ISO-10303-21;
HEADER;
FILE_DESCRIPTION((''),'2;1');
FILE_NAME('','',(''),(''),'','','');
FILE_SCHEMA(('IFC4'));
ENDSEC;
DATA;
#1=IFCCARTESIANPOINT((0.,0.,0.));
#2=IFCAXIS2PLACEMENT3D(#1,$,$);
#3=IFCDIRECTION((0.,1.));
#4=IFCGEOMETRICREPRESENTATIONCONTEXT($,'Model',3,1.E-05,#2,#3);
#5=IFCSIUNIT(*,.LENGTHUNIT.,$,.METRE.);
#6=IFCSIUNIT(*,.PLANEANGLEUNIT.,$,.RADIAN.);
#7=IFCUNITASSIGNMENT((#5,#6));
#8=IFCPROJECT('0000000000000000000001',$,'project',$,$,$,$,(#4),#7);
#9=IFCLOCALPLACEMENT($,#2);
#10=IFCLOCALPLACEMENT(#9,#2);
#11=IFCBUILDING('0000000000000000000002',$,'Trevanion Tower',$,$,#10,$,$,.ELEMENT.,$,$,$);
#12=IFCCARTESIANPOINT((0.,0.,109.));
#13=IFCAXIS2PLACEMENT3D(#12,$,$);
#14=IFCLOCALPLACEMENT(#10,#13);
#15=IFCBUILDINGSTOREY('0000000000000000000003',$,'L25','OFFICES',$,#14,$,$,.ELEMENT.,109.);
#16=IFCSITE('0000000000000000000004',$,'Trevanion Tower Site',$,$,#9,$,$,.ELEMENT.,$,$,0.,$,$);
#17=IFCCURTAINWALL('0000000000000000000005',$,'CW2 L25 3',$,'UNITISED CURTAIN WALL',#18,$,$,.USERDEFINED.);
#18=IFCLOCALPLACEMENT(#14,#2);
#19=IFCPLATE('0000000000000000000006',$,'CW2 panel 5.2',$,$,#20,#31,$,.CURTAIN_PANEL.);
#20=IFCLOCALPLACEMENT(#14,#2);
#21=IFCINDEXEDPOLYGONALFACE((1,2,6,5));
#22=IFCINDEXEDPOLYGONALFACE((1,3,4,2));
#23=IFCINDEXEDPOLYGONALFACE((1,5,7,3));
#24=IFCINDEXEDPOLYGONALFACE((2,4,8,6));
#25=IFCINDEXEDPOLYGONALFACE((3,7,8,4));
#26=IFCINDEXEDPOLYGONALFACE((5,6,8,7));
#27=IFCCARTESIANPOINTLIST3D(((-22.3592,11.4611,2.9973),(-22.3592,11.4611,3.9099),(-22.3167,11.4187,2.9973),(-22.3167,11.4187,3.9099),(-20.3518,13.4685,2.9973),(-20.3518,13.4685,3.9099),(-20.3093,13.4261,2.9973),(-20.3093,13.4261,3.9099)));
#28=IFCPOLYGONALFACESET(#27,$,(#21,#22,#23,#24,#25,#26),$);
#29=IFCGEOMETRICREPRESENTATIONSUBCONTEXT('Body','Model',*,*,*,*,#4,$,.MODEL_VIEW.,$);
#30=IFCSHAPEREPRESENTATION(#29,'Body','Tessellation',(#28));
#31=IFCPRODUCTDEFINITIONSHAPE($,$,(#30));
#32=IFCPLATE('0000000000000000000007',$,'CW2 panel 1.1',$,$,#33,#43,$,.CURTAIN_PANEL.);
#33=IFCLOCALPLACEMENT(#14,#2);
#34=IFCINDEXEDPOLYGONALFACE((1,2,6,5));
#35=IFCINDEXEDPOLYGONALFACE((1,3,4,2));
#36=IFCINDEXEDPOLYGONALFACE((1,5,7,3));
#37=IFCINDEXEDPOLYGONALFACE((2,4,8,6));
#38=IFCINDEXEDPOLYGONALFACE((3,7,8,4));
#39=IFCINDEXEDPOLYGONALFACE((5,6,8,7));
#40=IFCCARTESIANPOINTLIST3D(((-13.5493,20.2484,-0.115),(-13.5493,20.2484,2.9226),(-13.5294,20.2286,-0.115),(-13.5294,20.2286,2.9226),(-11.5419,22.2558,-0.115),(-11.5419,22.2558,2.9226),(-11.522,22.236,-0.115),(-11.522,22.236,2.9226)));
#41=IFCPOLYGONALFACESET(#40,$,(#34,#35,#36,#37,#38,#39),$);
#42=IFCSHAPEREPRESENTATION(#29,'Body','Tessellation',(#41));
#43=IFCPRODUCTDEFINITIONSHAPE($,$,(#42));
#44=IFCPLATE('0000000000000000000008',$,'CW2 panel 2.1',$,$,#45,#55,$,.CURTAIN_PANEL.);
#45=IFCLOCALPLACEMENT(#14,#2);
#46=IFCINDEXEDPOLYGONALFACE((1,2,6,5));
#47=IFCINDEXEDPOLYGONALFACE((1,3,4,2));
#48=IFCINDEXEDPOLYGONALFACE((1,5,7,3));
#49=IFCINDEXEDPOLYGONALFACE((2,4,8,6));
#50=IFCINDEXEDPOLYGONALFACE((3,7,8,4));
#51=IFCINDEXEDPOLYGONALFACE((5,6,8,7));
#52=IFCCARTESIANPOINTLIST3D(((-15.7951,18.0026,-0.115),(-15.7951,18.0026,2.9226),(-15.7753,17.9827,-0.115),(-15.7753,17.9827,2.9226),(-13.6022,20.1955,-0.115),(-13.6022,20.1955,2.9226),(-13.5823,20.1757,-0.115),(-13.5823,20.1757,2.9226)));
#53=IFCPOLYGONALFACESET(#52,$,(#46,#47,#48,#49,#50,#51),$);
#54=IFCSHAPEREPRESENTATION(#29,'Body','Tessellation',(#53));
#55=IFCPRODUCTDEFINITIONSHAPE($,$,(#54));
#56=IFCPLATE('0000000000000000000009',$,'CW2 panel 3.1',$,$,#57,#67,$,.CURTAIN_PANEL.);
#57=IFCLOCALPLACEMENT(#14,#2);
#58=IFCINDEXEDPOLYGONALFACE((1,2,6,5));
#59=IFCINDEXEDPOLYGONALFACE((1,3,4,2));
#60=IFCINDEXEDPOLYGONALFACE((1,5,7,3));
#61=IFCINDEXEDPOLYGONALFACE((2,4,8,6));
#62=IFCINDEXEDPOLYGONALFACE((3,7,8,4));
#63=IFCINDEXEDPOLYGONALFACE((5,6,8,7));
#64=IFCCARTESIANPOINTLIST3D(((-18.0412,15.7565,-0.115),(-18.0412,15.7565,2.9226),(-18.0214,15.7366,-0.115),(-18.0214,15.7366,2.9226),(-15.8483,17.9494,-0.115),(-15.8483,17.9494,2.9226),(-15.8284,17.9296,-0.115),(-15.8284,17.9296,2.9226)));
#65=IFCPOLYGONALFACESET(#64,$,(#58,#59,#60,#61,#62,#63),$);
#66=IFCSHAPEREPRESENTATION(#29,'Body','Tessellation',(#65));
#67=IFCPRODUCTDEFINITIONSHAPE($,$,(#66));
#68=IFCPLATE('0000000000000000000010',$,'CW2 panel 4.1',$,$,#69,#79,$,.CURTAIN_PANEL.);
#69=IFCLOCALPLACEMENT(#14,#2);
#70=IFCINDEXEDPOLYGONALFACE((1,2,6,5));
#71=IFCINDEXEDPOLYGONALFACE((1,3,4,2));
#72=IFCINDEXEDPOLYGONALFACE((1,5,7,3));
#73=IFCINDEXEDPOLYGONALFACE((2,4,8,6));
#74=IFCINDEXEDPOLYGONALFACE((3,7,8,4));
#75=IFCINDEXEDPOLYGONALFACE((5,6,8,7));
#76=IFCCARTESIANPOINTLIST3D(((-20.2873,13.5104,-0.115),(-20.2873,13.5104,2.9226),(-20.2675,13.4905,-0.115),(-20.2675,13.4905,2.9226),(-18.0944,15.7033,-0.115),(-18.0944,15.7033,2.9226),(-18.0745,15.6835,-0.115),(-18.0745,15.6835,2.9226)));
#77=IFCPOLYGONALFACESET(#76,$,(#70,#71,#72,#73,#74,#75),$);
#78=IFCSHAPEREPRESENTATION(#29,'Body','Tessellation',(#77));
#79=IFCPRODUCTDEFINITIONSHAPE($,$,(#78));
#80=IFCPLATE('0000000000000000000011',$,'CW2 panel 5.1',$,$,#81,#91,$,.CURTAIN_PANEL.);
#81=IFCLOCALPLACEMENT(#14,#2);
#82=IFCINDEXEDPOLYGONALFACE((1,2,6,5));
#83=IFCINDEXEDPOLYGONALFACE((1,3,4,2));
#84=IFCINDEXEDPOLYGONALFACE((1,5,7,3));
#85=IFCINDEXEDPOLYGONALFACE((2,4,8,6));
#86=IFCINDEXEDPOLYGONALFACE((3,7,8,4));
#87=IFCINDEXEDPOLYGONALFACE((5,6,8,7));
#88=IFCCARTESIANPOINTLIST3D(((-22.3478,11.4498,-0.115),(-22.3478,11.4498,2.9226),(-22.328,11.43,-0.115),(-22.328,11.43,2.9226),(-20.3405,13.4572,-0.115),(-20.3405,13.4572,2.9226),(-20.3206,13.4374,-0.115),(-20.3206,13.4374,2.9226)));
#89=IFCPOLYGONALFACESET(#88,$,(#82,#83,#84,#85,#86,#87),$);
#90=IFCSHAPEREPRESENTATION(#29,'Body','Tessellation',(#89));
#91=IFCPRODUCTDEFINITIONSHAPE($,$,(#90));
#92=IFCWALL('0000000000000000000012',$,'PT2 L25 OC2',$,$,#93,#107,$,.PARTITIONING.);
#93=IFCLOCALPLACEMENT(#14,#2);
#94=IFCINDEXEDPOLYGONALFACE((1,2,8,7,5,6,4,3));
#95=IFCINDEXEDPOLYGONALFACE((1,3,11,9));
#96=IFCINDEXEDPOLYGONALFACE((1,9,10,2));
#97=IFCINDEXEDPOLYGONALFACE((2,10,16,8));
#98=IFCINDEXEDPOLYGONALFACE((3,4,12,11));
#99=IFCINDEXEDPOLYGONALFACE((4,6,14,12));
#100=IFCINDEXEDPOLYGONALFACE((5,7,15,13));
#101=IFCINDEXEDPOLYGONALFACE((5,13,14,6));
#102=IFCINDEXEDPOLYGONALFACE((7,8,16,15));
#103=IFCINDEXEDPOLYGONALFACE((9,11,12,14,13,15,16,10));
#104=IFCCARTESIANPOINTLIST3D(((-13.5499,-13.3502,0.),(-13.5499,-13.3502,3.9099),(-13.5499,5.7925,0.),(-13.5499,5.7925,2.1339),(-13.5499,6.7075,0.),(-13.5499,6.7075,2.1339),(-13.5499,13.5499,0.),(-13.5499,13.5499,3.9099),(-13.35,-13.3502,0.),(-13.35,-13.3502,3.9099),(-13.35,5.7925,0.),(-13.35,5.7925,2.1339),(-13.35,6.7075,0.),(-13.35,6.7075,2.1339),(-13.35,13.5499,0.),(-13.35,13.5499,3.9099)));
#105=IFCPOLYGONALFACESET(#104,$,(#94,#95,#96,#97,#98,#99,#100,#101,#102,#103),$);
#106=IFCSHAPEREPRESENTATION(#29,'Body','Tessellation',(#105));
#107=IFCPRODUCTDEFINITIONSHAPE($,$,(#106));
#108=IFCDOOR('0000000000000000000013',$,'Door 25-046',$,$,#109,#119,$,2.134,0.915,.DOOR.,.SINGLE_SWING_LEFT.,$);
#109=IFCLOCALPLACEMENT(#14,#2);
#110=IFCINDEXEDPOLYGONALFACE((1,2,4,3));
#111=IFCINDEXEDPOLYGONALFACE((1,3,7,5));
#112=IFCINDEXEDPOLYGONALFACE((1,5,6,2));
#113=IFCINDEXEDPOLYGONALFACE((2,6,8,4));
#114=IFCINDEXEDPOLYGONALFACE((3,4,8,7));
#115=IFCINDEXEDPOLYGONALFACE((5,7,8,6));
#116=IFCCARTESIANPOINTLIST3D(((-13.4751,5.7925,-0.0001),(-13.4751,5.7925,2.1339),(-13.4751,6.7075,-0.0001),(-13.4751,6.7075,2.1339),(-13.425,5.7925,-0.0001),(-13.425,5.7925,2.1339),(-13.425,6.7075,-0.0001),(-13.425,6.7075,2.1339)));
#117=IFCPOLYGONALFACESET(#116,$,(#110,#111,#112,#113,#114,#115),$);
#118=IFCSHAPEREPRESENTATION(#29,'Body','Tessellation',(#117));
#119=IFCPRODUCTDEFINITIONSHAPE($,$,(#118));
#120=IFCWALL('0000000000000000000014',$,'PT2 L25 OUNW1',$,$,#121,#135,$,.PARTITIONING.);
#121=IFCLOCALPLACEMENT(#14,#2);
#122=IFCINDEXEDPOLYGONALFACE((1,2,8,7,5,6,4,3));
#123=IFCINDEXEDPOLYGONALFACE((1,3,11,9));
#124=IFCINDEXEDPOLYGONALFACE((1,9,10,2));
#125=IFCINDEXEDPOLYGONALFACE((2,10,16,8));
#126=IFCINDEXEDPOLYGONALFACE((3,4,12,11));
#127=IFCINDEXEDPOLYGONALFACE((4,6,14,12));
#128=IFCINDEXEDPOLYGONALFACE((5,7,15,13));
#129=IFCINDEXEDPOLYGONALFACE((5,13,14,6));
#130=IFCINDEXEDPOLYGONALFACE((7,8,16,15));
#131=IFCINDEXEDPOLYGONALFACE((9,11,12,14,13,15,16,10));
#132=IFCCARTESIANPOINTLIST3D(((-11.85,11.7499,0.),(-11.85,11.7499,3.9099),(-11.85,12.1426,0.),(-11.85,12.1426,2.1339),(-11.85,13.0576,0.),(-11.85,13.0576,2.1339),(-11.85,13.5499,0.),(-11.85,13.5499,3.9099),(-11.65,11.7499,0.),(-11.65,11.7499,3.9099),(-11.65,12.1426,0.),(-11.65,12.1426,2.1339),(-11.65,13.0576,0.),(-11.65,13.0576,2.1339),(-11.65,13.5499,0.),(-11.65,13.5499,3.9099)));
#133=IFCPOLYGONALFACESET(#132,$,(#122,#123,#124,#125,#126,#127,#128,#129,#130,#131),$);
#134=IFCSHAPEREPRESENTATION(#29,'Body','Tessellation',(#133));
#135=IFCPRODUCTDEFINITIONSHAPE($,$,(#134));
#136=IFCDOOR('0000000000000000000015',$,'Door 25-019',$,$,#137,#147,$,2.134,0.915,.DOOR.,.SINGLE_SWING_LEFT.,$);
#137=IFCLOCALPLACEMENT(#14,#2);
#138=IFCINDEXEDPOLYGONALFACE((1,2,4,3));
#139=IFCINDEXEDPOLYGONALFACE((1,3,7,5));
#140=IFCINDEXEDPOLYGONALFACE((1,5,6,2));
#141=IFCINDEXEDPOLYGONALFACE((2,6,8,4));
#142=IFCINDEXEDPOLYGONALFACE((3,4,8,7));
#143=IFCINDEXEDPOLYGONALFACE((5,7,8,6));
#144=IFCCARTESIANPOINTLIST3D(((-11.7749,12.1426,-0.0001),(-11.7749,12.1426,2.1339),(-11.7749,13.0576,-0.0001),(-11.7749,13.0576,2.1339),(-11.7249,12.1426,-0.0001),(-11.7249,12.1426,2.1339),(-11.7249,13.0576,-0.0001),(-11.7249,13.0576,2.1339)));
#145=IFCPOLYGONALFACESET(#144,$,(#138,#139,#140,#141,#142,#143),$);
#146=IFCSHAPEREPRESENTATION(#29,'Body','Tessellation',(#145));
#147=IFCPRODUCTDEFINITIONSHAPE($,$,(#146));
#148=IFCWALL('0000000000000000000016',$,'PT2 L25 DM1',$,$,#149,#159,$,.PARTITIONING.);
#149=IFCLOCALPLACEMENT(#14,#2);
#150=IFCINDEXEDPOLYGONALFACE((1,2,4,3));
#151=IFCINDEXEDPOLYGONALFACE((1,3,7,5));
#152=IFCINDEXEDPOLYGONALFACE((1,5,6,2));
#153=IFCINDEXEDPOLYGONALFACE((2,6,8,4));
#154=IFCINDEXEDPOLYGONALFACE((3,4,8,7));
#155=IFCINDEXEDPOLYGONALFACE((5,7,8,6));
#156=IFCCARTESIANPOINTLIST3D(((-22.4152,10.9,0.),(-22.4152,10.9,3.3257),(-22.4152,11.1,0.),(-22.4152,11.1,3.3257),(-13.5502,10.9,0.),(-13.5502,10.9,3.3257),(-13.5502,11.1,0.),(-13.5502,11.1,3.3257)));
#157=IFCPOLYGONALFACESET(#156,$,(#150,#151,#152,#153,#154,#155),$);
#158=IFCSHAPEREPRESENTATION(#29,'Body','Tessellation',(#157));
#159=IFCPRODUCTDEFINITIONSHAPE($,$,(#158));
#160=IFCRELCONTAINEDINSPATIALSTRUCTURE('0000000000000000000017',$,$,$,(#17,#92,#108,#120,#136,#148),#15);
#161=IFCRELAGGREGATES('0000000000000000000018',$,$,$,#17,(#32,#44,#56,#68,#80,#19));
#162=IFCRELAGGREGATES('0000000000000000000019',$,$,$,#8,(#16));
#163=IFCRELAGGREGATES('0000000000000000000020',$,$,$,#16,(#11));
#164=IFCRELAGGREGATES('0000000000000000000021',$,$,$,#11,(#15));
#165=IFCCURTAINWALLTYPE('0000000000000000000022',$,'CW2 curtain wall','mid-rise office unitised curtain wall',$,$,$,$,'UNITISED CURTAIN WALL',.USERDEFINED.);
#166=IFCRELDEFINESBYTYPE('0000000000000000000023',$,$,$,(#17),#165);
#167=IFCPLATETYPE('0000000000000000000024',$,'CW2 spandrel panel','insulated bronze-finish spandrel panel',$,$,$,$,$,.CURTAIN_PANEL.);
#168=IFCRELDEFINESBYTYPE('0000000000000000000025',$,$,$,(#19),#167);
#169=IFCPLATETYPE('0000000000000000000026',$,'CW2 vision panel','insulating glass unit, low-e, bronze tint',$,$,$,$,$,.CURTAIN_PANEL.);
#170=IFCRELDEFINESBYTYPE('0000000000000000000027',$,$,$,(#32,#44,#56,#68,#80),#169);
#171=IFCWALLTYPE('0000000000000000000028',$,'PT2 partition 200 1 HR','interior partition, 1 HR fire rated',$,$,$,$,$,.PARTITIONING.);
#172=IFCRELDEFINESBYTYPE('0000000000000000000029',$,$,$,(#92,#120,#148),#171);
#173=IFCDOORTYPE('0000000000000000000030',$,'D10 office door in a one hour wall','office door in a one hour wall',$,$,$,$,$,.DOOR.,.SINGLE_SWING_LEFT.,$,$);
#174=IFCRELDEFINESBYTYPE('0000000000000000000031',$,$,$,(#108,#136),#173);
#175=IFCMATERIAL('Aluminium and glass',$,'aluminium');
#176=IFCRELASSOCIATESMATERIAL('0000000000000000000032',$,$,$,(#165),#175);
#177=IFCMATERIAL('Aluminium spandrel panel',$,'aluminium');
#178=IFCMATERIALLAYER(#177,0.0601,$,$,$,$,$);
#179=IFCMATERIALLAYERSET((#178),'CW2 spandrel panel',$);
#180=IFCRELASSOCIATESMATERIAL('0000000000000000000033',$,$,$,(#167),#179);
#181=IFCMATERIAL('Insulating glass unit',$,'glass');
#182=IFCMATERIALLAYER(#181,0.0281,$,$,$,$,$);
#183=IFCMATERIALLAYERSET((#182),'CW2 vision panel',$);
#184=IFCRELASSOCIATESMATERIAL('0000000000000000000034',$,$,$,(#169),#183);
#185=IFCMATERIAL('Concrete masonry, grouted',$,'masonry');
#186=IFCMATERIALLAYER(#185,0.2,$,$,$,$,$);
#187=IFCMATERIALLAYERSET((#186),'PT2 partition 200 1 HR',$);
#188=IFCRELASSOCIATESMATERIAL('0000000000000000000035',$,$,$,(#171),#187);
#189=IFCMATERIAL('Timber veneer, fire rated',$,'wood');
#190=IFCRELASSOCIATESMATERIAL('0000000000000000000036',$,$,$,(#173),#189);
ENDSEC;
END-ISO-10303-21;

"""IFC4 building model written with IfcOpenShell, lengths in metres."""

from ifc_helpers import new_model, si_unit, direction, frame, frame_2d, origin, origin_2d, place, context, subcontext, project, spatial, rectangle, extrude, material, layer, layer_set, type_object, element, fill, aggregate, save


model = new_model("IFC4")

# Units and contexts
model_context = context("Model", 3, precision=1e-05, world=origin(), true_north=direction((0.0, 1.0)))
body_context = subcontext(model_context, "Body", "Model", "MODEL_VIEW")
ifc_project = project(units=[si_unit("LENGTHUNIT", "METRE"), si_unit("PLANEANGLEUNIT", "RADIAN")], contexts=[model_context])

# Site, building, storey
site_placement = place(None, origin())
site = spatial("IfcSite", under=ifc_project, at=site_placement, Name="Trevanion Tower Site", CompositionType="ELEMENT", RefElevation=0.0)
building_placement = place(site_placement, origin())
building = spatial("IfcBuilding", under=site, at=building_placement, Name="Trevanion Tower", CompositionType="ELEMENT")
storey_placement = place(building_placement, frame((0.0, 0.0, 109.0)))
storey = spatial("IfcBuildingStorey", under=building, at=storey_placement, Name="L25", Description="OFFICES", CompositionType="ELEMENT", Elevation=109.0)

# Curtain wall
ifc_material_1 = material(Name="Aluminium and glass", Category="aluminium")
curtain_wall_type = type_object("IfcCurtainWallType", Name="CW2 curtain wall", Description="mid-rise office unitised curtain wall", ElementType="UNITISED CURTAIN WALL", PredefinedType="USERDEFINED", material=ifc_material_1)
curtain_wall_placement = place(storey_placement, origin())
curtain_wall = element("IfcCurtainWall", 1, at=curtain_wall_placement, inside=storey, type_object=curtain_wall_type, Name="CW2 L25 3", ObjectType="UNITISED CURTAIN WALL", PredefinedType="USERDEFINED")

# Plates
ifc_material_2 = material(Name="Aluminium spandrel panel", Category="aluminium")
ifc_layer_1 = layer(ifc_material_2, 0.0601)
ifc_layer_set_1 = layer_set([ifc_layer_1], Name="CW2 spandrel panel")
plate_type_1 = type_object("IfcPlateType", Name="CW2 spandrel panel", Description="insulated bronze-finish spandrel panel", PredefinedType="CURTAIN_PANEL", material=ifc_layer_set_1)
plate_1_placement = place(storey_placement, frame((-21.3342, 12.4436, 2.9973), z_axis=(0.0, 0.0, 1.0), x_axis=(-0.707107, -0.707107, 0.0)))
plate_1 = element("IfcPlate", 2, at=plate_1_placement, type_object=plate_type_1, Name="CW2 panel 5.2", PredefinedType="CURTAIN_PANEL", context=body_context, shape_type="SweptSolid", body=[
    extrude(rectangle(XDim=2.8389, YDim=0.0601, at=origin_2d()), origin(), (0.0, 0.0, 1.0), 0.9126),
])
ifc_material_3 = material(Name="Insulating glass unit", Category="glass")
ifc_layer_2 = layer(ifc_material_3, 0.0281)
ifc_layer_set_2 = layer_set([ifc_layer_2], Name="CW2 vision panel")
plate_type_2 = type_object("IfcPlateType", Name="CW2 vision panel", Description="insulating glass unit, low-e, bronze tint", PredefinedType="CURTAIN_PANEL", material=ifc_layer_set_2)
plate_2_placement = place(storey_placement, frame((-12.5356, 21.2422, -0.115), z_axis=(0.0, 0.0, 1.0), x_axis=(-0.707107, -0.707107, 0.0)))
plate_2 = element("IfcPlate", 3, at=plate_2_placement, type_object=plate_type_2, Name="CW2 panel 1.1", PredefinedType="CURTAIN_PANEL", context=body_context, shape_type="SweptSolid", body=[
    extrude(rectangle(XDim=2.8389, YDim=0.0281, at=origin_2d()), origin(), (0.0, 0.0, 1.0), 3.0376),
])
plate_3_placement = place(storey_placement, frame((-14.6887, 19.0891, -0.115), z_axis=(0.0, 0.0, 1.0), x_axis=(-0.707107, -0.707107, 0.0)))
plate_3 = element("IfcPlate", 4, at=plate_3_placement, type_object=plate_type_2, Name="CW2 panel 2.1", PredefinedType="CURTAIN_PANEL", context=body_context, shape_type="SweptSolid", body=[
    extrude(rectangle(XDim=3.1013, YDim=0.0281, at=origin_2d()), origin(), (0.0, 0.0, 1.0), 3.0376),
])
plate_4_placement = place(storey_placement, frame((-16.9348, 16.843, -0.115), z_axis=(0.0, 0.0, 1.0), x_axis=(-0.707107, -0.707107, 0.0)))
plate_4 = element("IfcPlate", 5, at=plate_4_placement, type_object=plate_type_2, Name="CW2 panel 3.1", PredefinedType="CURTAIN_PANEL", context=body_context, shape_type="SweptSolid", body=[
    extrude(rectangle(XDim=3.1013, YDim=0.0281, at=origin_2d()), origin(), (0.0, 0.0, 1.0), 3.0376),
])
plate_5_placement = place(storey_placement, frame((-19.1809, 14.5969, -0.115), z_axis=(0.0, 0.0, 1.0), x_axis=(-0.707107, -0.707107, 0.0)))
plate_5 = element("IfcPlate", 6, at=plate_5_placement, type_object=plate_type_2, Name="CW2 panel 4.1", PredefinedType="CURTAIN_PANEL", context=body_context, shape_type="SweptSolid", body=[
    extrude(rectangle(XDim=3.1013, YDim=0.0281, at=origin_2d()), origin(), (0.0, 0.0, 1.0), 3.0376),
])
plate_6_placement = place(storey_placement, frame((-21.3342, 12.4436, -0.115), z_axis=(0.0, 0.0, 1.0), x_axis=(-0.707107, -0.707107, 0.0)))
plate_6 = element("IfcPlate", 7, at=plate_6_placement, type_object=plate_type_2, Name="CW2 panel 5.1", PredefinedType="CURTAIN_PANEL", context=body_context, shape_type="SweptSolid", body=[
    extrude(rectangle(XDim=2.8389, YDim=0.0281, at=origin_2d()), origin(), (0.0, 0.0, 1.0), 3.0376),
])
aggregate(curtain_wall, [plate_2, plate_3, plate_4, plate_5, plate_6, plate_1])

# Walls, openings, doors
ifc_material_4 = material(Name="Concrete masonry, grouted", Category="masonry")
ifc_layer_3 = layer(ifc_material_4, 0.2)
ifc_layer_set_3 = layer_set([ifc_layer_3], Name="PT2 partition 200 1 HR")
wall_type = type_object("IfcWallType", Name="PT2 partition 200 1 HR", Description="interior partition, 1 HR fire rated", PredefinedType="PARTITIONING", material=ifc_layer_set_3)
wall_1_placement = place(storey_placement, frame((-13.45, 13.55, 0.0), z_axis=(0.0, 0.0, 1.0), x_axis=(0.0, -1.0, 0.0)))
wall_1 = element("IfcWall", 8, at=wall_1_placement, inside=storey, type_object=wall_type, Name="PT2 L25 OC2", PredefinedType="PARTITIONING", context=body_context, shape_type="SweptSolid", body=[
    extrude(rectangle(XDim=26.9001, YDim=0.2, at=frame_2d((13.4502, 0.0))), origin(), (0.0, 0.0, 1.0), 3.9099),
])
opening_1_placement = place(wall_1_placement, frame((6.8425, 0.0, 0.0)))
opening_1 = element("IfcOpeningElement", 9, at=opening_1_placement, cuts=wall_1, PredefinedType="OPENING", context=body_context, shape_type="SweptSolid", body=[
    extrude(rectangle(XDim=0.915, YDim=2.134, at=frame_2d((0.4575, 1.0669))), frame((0.0, 0.1099, 0.0), z_axis=(0.0, -1.0, 0.0), x_axis=(1.0, 0.0, 0.0)), (0.0, 0.0, 1.0), 0.22),
])
ifc_material_5 = material(Name="Timber veneer, fire rated", Category="wood")
door_type = type_object("IfcDoorType", Name="D10 office door in a one hour wall", Description="office door in a one hour wall", OperationType="SINGLE_SWING_LEFT", PredefinedType="DOOR", material=ifc_material_5)
door_1_placement = place(opening_1_placement, origin())
door_1 = element("IfcDoor", 10, at=door_1_placement, inside=storey, type_object=door_type, Name="Door 25-046", OperationType="SINGLE_SWING_LEFT", OverallHeight=2.134, OverallWidth=0.915, PredefinedType="DOOR", context=body_context, shape_type="SweptSolid", body=[
    extrude(rectangle(XDim=0.915, YDim=2.134, at=frame_2d((0.4575, 1.0669))), frame((0.0, 0.0249, 0.0), z_axis=(0.0, -1.0, 0.0), x_axis=(1.0, 0.0, 0.0)), (0.0, 0.0, 1.0), 0.05),
])
fill(opening_1, door_1)
wall_2_placement = place(storey_placement, frame((-11.75, 11.75, 0.0), z_axis=(0.0, 0.0, 1.0), x_axis=(0.0, 1.0, 0.0)))
wall_2 = element("IfcWall", 11, at=wall_2_placement, inside=storey, type_object=wall_type, Name="PT2 L25 OUNW1", PredefinedType="PARTITIONING", context=body_context, shape_type="SweptSolid", body=[
    extrude(rectangle(XDim=1.8, YDim=0.2, at=frame_2d((0.8999, 0.0))), origin(), (0.0, 0.0, 1.0), 3.9099),
])
opening_2_placement = place(wall_2_placement, frame((0.3926, 0.0, 0.0)))
opening_2 = element("IfcOpeningElement", 12, at=opening_2_placement, cuts=wall_2, PredefinedType="OPENING", context=body_context, shape_type="SweptSolid", body=[
    extrude(rectangle(XDim=0.915, YDim=2.134, at=frame_2d((0.4575, 1.0669))), frame((0.0, 0.1099, 0.0), z_axis=(0.0, -1.0, 0.0), x_axis=(1.0, 0.0, 0.0)), (0.0, 0.0, 1.0), 0.22),
])
door_2_placement = place(opening_2_placement, origin())
door_2 = element("IfcDoor", 13, at=door_2_placement, inside=storey, type_object=door_type, Name="Door 25-019", OperationType="SINGLE_SWING_LEFT", OverallHeight=2.134, OverallWidth=0.915, PredefinedType="DOOR", context=body_context, shape_type="SweptSolid", body=[
    extrude(rectangle(XDim=0.915, YDim=2.134, at=frame_2d((0.4575, 1.0669))), frame((0.0, 0.0249, 0.0), z_axis=(0.0, -1.0, 0.0), x_axis=(1.0, 0.0, 0.0)), (0.0, 0.0, 1.0), 0.05),
])
fill(opening_2, door_2)

# Wall
wall_3_placement = place(storey_placement, frame((-13.55, 11.0, 0.0), z_axis=(0.0, 0.0, 1.0), x_axis=(-1.0, 0.0, 0.0)))
element("IfcWall", 14, at=wall_3_placement, inside=storey, type_object=wall_type, Name="PT2 L25 DM1", PredefinedType="PARTITIONING", context=body_context, shape_type="SweptSolid", body=[
    extrude(rectangle(XDim=8.865, YDim=0.2, at=frame_2d((4.4326, 0.0))), origin(), (0.0, 0.0, 1.0), 3.3257),
])

save(model, "model.ifc")
